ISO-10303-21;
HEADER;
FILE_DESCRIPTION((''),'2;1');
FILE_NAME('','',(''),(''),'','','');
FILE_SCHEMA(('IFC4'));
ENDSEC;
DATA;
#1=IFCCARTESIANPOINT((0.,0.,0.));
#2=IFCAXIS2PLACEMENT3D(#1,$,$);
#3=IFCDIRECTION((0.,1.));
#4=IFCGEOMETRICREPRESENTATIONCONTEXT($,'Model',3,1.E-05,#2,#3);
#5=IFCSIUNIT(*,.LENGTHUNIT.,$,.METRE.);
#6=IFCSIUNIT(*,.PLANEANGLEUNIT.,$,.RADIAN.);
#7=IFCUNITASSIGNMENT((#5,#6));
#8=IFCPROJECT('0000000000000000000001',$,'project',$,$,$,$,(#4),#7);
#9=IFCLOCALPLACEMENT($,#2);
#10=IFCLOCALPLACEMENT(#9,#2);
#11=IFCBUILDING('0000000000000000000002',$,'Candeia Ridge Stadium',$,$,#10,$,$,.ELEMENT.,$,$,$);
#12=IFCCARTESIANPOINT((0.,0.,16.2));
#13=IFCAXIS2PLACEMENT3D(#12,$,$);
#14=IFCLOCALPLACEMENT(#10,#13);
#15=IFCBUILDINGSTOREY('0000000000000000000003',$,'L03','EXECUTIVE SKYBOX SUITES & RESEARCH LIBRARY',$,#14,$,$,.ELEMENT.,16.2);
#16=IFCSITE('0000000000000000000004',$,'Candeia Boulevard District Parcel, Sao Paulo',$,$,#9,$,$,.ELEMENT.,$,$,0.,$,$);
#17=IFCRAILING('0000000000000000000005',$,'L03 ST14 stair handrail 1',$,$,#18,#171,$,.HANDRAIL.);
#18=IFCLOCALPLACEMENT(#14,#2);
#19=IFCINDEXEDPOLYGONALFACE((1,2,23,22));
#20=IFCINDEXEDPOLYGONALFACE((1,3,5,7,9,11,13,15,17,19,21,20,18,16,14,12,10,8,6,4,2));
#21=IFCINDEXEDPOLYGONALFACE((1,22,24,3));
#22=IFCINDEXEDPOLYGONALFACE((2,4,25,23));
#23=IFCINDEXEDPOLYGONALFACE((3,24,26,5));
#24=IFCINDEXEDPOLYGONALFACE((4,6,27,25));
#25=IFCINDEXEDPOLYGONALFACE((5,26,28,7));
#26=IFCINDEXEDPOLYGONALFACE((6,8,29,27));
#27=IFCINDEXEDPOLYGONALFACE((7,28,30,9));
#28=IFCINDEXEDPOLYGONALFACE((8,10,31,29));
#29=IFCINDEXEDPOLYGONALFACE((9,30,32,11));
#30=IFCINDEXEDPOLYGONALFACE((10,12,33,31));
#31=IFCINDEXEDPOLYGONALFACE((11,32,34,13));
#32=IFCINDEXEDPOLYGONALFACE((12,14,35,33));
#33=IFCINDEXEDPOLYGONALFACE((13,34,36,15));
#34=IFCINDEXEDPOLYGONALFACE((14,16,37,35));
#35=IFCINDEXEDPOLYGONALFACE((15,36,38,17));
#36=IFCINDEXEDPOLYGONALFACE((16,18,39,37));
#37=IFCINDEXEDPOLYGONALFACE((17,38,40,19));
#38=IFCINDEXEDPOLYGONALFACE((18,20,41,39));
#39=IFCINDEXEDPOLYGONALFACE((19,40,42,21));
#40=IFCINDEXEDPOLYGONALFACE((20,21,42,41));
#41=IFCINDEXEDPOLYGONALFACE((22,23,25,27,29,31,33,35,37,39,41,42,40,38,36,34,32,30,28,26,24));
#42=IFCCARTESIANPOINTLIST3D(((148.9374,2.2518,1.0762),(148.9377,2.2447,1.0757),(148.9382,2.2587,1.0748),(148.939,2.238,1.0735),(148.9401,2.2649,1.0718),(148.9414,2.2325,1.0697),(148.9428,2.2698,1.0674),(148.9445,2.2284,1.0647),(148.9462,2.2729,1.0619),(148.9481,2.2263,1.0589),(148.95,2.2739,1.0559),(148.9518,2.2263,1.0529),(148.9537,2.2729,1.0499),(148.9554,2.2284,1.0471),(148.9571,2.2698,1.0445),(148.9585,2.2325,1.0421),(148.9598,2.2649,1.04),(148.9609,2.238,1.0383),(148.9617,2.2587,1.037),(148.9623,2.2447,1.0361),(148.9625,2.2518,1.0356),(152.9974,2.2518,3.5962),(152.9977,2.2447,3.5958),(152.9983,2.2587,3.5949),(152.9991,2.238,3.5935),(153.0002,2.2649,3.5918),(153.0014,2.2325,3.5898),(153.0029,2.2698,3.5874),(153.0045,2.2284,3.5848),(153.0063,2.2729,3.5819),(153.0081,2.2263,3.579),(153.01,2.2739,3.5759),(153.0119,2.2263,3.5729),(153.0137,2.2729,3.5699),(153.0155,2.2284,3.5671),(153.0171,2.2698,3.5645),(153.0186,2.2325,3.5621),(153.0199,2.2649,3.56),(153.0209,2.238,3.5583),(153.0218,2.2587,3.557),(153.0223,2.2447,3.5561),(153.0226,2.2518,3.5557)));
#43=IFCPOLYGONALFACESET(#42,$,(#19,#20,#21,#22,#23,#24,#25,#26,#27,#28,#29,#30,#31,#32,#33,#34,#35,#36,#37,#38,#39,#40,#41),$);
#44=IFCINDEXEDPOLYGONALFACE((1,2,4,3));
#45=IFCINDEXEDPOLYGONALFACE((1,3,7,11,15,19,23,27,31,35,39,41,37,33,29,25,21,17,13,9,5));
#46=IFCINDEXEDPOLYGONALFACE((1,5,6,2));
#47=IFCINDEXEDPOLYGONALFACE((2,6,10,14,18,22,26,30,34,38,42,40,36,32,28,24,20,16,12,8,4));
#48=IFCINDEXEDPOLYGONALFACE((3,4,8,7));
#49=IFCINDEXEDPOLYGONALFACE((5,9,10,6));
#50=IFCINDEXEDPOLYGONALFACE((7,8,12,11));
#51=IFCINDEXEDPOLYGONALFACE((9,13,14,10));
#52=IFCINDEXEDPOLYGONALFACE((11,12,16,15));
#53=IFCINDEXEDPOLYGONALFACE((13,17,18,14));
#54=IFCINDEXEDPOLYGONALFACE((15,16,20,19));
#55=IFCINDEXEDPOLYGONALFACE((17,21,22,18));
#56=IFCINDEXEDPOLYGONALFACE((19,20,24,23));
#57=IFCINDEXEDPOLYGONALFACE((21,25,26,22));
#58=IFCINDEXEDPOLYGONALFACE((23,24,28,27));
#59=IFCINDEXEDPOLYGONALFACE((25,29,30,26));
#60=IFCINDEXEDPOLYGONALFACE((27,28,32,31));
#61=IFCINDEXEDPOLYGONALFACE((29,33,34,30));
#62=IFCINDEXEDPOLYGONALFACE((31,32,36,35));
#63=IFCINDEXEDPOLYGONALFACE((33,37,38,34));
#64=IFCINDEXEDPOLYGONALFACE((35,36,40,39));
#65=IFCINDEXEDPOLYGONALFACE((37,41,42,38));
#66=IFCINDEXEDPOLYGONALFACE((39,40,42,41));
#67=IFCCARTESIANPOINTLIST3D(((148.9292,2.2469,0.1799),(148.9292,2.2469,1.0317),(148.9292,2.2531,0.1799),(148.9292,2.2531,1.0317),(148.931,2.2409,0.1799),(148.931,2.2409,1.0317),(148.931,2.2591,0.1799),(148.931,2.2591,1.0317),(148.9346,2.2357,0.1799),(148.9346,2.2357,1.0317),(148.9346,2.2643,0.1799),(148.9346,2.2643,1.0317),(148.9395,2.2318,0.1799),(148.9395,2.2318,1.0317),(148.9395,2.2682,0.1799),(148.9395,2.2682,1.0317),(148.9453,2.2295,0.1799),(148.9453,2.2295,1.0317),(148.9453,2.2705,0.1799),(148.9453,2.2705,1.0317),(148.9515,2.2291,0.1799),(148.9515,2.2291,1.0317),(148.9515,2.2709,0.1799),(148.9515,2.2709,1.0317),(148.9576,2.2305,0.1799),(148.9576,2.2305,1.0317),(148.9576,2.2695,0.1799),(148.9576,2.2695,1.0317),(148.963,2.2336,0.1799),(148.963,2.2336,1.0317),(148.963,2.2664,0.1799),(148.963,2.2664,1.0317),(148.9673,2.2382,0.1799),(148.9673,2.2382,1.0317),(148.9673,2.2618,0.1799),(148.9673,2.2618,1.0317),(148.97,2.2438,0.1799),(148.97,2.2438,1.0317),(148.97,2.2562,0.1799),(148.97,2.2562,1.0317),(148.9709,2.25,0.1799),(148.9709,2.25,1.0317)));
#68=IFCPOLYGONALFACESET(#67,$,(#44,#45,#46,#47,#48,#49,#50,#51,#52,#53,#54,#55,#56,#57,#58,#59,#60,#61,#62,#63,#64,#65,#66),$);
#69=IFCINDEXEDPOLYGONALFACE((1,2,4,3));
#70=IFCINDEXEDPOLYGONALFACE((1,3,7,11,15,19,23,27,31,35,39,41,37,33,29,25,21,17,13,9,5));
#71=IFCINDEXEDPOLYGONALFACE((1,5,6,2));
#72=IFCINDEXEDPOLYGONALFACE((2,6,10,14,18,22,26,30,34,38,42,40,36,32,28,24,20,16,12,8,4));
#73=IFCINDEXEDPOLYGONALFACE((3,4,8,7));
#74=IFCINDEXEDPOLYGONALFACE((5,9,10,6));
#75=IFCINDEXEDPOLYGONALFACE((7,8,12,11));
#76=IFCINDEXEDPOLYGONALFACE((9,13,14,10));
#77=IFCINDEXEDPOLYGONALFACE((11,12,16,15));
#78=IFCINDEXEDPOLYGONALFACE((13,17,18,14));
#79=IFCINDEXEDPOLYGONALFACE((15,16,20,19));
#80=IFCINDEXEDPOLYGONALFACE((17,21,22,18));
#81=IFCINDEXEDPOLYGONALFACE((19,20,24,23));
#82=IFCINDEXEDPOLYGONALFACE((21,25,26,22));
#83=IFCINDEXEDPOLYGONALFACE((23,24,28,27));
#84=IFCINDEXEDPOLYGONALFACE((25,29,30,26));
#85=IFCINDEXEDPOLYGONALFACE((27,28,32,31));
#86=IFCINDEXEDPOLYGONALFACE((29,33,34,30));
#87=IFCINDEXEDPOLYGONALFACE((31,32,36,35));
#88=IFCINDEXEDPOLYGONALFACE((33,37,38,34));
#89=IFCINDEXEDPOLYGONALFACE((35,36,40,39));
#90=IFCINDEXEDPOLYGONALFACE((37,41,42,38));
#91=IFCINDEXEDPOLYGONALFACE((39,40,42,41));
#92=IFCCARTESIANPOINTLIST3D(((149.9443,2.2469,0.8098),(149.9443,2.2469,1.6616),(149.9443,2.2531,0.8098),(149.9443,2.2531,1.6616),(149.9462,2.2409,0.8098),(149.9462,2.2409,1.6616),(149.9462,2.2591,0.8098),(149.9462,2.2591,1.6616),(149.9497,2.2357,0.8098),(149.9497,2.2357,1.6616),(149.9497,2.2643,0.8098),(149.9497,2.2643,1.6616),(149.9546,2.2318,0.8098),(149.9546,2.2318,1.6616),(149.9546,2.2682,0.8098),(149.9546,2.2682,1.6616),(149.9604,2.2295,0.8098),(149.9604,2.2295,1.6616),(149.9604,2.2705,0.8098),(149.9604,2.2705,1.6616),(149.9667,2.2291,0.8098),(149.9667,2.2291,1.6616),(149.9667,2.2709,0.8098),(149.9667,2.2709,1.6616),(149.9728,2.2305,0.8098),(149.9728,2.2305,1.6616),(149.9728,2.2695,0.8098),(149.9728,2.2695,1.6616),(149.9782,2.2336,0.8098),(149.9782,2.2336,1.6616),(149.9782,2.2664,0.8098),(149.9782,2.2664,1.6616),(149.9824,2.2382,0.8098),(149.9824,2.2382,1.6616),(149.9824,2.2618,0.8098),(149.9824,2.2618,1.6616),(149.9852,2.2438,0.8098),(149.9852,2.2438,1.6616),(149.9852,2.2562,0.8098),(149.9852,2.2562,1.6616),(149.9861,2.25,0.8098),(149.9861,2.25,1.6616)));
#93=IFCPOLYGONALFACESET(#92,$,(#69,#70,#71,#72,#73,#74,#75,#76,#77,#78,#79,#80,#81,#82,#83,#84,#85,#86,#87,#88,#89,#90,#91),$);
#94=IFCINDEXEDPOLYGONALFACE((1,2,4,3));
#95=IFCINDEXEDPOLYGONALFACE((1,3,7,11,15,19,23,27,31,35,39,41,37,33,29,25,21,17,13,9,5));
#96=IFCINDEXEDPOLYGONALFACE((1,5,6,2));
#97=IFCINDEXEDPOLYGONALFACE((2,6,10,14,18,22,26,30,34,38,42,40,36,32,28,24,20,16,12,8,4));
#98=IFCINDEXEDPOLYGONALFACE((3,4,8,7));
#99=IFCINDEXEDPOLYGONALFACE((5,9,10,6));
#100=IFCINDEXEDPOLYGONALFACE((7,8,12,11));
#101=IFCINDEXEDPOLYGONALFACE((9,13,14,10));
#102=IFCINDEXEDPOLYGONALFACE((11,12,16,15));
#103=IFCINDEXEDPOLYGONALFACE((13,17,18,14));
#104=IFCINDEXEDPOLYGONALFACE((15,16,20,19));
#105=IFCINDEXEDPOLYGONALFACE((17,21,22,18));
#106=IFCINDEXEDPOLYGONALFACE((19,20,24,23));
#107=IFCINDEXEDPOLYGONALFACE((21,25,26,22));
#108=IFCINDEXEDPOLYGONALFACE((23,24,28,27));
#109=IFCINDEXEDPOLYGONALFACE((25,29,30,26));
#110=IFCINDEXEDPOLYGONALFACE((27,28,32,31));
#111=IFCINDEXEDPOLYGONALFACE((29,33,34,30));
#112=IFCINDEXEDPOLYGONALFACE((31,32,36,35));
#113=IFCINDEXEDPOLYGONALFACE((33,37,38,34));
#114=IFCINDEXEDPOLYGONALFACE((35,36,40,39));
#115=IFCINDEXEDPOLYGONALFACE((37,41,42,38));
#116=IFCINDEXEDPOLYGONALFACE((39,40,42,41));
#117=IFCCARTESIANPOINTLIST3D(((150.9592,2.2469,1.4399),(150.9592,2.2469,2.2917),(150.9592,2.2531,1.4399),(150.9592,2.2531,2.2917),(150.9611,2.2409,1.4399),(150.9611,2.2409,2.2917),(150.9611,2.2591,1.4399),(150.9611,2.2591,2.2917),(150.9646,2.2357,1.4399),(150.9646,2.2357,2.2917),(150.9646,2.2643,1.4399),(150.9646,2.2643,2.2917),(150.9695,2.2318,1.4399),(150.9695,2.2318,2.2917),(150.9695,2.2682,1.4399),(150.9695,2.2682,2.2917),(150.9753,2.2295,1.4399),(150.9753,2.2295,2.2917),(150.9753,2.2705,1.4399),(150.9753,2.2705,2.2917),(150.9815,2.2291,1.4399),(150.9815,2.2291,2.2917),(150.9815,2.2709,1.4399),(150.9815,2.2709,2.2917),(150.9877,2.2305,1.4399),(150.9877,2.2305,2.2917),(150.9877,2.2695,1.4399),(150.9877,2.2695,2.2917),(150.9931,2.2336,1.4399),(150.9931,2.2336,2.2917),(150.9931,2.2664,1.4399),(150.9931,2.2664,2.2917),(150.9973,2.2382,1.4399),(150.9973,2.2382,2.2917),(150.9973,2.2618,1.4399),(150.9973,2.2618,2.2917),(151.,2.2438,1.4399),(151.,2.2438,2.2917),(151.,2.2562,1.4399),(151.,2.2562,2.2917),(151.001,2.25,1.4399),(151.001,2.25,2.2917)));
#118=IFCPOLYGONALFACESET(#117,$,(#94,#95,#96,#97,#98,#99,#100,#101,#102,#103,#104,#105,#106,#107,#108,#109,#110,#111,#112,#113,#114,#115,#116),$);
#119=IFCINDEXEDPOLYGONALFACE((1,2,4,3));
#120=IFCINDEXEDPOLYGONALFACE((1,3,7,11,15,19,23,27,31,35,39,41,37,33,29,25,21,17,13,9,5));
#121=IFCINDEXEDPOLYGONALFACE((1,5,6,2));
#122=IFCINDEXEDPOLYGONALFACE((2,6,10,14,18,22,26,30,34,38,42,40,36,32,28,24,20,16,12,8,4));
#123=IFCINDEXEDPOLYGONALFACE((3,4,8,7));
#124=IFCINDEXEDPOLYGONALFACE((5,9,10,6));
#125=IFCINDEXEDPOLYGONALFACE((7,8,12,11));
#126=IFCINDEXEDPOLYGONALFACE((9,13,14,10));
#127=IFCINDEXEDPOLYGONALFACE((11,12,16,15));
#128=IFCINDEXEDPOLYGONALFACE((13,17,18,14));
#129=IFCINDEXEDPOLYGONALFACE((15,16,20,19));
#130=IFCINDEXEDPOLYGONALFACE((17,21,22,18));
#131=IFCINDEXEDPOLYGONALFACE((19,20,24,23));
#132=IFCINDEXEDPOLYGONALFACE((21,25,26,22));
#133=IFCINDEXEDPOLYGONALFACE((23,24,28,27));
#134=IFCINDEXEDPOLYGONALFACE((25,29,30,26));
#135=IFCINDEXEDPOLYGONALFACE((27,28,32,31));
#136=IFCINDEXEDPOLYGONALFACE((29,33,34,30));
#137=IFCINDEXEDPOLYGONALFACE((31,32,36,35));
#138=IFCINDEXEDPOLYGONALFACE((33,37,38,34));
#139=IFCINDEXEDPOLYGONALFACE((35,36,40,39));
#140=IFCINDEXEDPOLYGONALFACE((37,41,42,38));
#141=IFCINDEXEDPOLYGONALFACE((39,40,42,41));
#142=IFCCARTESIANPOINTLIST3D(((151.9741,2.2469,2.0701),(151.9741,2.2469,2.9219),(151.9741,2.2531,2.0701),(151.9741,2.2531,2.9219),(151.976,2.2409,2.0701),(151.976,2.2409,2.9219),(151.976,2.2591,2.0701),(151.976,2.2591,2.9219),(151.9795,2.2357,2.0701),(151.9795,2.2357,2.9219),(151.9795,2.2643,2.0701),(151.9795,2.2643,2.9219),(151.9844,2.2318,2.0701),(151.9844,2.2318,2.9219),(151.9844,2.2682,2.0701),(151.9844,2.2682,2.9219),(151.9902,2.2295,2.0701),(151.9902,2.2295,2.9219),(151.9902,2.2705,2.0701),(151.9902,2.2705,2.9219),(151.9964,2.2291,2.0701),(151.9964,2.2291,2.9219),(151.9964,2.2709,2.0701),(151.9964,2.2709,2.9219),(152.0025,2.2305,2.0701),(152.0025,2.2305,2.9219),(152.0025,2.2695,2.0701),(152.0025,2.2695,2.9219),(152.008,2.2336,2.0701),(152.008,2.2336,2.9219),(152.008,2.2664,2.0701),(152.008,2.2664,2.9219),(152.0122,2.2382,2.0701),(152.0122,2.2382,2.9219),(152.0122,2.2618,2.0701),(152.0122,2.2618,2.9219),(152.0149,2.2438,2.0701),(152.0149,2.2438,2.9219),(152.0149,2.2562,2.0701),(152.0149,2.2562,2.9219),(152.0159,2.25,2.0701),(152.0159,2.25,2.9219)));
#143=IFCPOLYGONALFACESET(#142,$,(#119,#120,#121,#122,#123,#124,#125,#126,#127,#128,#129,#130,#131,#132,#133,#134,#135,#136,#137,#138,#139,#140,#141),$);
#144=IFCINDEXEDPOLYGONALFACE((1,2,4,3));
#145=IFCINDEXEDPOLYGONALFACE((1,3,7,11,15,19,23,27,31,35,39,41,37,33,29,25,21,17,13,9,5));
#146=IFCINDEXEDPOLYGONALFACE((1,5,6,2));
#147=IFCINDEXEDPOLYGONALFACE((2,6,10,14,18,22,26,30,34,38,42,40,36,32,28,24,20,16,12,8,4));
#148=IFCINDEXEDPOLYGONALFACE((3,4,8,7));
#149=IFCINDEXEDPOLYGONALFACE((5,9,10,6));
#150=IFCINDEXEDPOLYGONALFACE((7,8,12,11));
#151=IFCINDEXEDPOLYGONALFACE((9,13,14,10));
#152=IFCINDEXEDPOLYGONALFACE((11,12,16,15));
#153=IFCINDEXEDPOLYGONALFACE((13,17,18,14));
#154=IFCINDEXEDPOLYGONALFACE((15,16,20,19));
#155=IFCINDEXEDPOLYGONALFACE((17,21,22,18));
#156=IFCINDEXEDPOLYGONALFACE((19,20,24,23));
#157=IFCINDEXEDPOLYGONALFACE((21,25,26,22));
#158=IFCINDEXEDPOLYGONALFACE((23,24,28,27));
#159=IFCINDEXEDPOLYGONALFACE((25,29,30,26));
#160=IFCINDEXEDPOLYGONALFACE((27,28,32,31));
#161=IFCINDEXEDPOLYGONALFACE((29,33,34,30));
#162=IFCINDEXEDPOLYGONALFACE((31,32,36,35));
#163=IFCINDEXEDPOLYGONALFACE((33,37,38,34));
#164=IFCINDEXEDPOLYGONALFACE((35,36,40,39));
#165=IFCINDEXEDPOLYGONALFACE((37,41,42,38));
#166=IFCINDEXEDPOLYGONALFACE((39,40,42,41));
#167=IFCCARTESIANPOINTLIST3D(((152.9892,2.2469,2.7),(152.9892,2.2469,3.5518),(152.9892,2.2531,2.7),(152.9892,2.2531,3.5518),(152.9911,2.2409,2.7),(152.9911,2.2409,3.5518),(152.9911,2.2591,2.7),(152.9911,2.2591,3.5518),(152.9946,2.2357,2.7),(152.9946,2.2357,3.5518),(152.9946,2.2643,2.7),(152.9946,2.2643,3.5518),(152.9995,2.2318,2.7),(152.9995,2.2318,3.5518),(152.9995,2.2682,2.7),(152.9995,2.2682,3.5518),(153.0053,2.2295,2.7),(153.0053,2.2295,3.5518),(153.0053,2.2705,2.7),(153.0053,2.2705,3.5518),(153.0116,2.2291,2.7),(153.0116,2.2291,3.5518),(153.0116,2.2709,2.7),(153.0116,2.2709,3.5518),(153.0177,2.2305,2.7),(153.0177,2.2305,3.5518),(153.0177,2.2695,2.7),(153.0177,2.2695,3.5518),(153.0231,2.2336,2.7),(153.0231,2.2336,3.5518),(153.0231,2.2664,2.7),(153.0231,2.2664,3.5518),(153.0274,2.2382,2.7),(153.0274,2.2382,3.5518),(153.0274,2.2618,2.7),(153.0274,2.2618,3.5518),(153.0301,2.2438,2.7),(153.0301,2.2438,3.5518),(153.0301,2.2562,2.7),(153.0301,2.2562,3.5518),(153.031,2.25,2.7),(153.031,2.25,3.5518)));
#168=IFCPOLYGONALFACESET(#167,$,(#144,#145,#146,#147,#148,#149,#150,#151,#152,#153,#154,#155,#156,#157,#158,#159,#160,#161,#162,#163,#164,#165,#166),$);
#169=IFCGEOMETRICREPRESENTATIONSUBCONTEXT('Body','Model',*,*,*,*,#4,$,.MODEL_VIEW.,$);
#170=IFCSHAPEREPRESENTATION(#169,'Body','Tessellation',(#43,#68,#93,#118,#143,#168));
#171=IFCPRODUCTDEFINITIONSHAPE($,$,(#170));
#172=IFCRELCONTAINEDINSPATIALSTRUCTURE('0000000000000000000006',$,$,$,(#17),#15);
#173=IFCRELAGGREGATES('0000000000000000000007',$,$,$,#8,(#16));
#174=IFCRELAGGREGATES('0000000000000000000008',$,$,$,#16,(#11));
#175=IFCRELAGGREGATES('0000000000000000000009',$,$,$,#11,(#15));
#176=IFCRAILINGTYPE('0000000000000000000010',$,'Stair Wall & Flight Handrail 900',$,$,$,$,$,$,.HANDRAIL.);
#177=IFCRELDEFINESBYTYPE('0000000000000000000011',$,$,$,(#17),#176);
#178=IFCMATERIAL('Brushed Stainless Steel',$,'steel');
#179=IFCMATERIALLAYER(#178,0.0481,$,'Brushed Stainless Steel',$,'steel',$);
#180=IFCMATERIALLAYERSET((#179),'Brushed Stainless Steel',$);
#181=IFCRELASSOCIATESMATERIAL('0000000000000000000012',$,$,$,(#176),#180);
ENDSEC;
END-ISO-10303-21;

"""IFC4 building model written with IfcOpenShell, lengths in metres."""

from ifc_helpers import new_model, si_unit, direction, frame, origin, origin_2d, place, context, subcontext, project, spatial, circle, extrude, material, layer, layer_set, type_object, element, save


model = new_model("IFC4")

# Units and contexts
model_context = context("Model", 3, precision=1e-05, world=origin(), true_north=direction((0.0, 1.0)))
body_context = subcontext(model_context, "Body", "Model", "MODEL_VIEW")
ifc_project = project(units=[si_unit("LENGTHUNIT", "METRE"), si_unit("PLANEANGLEUNIT", "RADIAN")], contexts=[model_context])

# Site, building, storey
site_placement = place(None, origin())
site = spatial("IfcSite", under=ifc_project, at=site_placement, Name="Candeia Boulevard District Parcel, Sao Paulo", CompositionType="ELEMENT", RefElevation=0.0)
building_placement = place(site_placement, origin())
building = spatial("IfcBuilding", under=site, at=building_placement, Name="Candeia Ridge Stadium", CompositionType="ELEMENT")
storey_placement = place(building_placement, frame((0.0, 0.0, 16.2)))
storey = spatial("IfcBuildingStorey", under=building, at=storey_placement, Name="L03", Description="EXECUTIVE SKYBOX SUITES & RESEARCH LIBRARY", CompositionType="ELEMENT", Elevation=16.2)

# Railing
ifc_material_1 = material(Name="Brushed Stainless Steel", Category="steel")
ifc_layer_1 = layer(ifc_material_1, 0.0481, Name="Brushed Stainless Steel", Category="steel")
ifc_layer_set_1 = layer_set([ifc_layer_1], Name="Brushed Stainless Steel")
railing_type_1 = type_object("IfcRailingType", Name="Stair Wall & Flight Handrail 900", PredefinedType="HANDRAIL", material=ifc_layer_set_1)
railing_1_placement = place(storey_placement, frame((148.95, 2.25, 0.1799)))
element("IfcRailing", 1, at=railing_1_placement, inside=storey, type_object=railing_type_1, Name="L03 ST14 stair handrail 1", PredefinedType="HANDRAIL", context=body_context, shape_type="SweptSolid", body=[
    extrude(circle(Radius=0.0239, at=origin_2d()), frame((0.0, 0.0, 0.876), z_axis=(0.849642, 0.0, 0.52736), x_axis=(0.0, 1.0, 0.0)), (0.0, 0.0, 1.0), 4.7786),
    extrude(circle(Radius=0.021, at=origin_2d()), origin(), (0.0, 0.0, 1.0), 0.8518),
    extrude(circle(Radius=0.021, at=origin_2d()), frame((1.0151, 0.0, 0.6299)), (0.0, 0.0, 1.0), 0.8518),
    extrude(circle(Radius=0.021, at=origin_2d()), frame((2.03, 0.0, 1.26)), (0.0, 0.0, 1.0), 0.8518),
    extrude(circle(Radius=0.021, at=origin_2d()), frame((3.0449, 0.0, 1.8901)), (0.0, 0.0, 1.0), 0.8518),
    extrude(circle(Radius=0.021, at=origin_2d()), frame((4.0601, 0.0, 2.52)), (0.0, 0.0, 1.0), 0.8518),
])

save(model, "model.ifc")
